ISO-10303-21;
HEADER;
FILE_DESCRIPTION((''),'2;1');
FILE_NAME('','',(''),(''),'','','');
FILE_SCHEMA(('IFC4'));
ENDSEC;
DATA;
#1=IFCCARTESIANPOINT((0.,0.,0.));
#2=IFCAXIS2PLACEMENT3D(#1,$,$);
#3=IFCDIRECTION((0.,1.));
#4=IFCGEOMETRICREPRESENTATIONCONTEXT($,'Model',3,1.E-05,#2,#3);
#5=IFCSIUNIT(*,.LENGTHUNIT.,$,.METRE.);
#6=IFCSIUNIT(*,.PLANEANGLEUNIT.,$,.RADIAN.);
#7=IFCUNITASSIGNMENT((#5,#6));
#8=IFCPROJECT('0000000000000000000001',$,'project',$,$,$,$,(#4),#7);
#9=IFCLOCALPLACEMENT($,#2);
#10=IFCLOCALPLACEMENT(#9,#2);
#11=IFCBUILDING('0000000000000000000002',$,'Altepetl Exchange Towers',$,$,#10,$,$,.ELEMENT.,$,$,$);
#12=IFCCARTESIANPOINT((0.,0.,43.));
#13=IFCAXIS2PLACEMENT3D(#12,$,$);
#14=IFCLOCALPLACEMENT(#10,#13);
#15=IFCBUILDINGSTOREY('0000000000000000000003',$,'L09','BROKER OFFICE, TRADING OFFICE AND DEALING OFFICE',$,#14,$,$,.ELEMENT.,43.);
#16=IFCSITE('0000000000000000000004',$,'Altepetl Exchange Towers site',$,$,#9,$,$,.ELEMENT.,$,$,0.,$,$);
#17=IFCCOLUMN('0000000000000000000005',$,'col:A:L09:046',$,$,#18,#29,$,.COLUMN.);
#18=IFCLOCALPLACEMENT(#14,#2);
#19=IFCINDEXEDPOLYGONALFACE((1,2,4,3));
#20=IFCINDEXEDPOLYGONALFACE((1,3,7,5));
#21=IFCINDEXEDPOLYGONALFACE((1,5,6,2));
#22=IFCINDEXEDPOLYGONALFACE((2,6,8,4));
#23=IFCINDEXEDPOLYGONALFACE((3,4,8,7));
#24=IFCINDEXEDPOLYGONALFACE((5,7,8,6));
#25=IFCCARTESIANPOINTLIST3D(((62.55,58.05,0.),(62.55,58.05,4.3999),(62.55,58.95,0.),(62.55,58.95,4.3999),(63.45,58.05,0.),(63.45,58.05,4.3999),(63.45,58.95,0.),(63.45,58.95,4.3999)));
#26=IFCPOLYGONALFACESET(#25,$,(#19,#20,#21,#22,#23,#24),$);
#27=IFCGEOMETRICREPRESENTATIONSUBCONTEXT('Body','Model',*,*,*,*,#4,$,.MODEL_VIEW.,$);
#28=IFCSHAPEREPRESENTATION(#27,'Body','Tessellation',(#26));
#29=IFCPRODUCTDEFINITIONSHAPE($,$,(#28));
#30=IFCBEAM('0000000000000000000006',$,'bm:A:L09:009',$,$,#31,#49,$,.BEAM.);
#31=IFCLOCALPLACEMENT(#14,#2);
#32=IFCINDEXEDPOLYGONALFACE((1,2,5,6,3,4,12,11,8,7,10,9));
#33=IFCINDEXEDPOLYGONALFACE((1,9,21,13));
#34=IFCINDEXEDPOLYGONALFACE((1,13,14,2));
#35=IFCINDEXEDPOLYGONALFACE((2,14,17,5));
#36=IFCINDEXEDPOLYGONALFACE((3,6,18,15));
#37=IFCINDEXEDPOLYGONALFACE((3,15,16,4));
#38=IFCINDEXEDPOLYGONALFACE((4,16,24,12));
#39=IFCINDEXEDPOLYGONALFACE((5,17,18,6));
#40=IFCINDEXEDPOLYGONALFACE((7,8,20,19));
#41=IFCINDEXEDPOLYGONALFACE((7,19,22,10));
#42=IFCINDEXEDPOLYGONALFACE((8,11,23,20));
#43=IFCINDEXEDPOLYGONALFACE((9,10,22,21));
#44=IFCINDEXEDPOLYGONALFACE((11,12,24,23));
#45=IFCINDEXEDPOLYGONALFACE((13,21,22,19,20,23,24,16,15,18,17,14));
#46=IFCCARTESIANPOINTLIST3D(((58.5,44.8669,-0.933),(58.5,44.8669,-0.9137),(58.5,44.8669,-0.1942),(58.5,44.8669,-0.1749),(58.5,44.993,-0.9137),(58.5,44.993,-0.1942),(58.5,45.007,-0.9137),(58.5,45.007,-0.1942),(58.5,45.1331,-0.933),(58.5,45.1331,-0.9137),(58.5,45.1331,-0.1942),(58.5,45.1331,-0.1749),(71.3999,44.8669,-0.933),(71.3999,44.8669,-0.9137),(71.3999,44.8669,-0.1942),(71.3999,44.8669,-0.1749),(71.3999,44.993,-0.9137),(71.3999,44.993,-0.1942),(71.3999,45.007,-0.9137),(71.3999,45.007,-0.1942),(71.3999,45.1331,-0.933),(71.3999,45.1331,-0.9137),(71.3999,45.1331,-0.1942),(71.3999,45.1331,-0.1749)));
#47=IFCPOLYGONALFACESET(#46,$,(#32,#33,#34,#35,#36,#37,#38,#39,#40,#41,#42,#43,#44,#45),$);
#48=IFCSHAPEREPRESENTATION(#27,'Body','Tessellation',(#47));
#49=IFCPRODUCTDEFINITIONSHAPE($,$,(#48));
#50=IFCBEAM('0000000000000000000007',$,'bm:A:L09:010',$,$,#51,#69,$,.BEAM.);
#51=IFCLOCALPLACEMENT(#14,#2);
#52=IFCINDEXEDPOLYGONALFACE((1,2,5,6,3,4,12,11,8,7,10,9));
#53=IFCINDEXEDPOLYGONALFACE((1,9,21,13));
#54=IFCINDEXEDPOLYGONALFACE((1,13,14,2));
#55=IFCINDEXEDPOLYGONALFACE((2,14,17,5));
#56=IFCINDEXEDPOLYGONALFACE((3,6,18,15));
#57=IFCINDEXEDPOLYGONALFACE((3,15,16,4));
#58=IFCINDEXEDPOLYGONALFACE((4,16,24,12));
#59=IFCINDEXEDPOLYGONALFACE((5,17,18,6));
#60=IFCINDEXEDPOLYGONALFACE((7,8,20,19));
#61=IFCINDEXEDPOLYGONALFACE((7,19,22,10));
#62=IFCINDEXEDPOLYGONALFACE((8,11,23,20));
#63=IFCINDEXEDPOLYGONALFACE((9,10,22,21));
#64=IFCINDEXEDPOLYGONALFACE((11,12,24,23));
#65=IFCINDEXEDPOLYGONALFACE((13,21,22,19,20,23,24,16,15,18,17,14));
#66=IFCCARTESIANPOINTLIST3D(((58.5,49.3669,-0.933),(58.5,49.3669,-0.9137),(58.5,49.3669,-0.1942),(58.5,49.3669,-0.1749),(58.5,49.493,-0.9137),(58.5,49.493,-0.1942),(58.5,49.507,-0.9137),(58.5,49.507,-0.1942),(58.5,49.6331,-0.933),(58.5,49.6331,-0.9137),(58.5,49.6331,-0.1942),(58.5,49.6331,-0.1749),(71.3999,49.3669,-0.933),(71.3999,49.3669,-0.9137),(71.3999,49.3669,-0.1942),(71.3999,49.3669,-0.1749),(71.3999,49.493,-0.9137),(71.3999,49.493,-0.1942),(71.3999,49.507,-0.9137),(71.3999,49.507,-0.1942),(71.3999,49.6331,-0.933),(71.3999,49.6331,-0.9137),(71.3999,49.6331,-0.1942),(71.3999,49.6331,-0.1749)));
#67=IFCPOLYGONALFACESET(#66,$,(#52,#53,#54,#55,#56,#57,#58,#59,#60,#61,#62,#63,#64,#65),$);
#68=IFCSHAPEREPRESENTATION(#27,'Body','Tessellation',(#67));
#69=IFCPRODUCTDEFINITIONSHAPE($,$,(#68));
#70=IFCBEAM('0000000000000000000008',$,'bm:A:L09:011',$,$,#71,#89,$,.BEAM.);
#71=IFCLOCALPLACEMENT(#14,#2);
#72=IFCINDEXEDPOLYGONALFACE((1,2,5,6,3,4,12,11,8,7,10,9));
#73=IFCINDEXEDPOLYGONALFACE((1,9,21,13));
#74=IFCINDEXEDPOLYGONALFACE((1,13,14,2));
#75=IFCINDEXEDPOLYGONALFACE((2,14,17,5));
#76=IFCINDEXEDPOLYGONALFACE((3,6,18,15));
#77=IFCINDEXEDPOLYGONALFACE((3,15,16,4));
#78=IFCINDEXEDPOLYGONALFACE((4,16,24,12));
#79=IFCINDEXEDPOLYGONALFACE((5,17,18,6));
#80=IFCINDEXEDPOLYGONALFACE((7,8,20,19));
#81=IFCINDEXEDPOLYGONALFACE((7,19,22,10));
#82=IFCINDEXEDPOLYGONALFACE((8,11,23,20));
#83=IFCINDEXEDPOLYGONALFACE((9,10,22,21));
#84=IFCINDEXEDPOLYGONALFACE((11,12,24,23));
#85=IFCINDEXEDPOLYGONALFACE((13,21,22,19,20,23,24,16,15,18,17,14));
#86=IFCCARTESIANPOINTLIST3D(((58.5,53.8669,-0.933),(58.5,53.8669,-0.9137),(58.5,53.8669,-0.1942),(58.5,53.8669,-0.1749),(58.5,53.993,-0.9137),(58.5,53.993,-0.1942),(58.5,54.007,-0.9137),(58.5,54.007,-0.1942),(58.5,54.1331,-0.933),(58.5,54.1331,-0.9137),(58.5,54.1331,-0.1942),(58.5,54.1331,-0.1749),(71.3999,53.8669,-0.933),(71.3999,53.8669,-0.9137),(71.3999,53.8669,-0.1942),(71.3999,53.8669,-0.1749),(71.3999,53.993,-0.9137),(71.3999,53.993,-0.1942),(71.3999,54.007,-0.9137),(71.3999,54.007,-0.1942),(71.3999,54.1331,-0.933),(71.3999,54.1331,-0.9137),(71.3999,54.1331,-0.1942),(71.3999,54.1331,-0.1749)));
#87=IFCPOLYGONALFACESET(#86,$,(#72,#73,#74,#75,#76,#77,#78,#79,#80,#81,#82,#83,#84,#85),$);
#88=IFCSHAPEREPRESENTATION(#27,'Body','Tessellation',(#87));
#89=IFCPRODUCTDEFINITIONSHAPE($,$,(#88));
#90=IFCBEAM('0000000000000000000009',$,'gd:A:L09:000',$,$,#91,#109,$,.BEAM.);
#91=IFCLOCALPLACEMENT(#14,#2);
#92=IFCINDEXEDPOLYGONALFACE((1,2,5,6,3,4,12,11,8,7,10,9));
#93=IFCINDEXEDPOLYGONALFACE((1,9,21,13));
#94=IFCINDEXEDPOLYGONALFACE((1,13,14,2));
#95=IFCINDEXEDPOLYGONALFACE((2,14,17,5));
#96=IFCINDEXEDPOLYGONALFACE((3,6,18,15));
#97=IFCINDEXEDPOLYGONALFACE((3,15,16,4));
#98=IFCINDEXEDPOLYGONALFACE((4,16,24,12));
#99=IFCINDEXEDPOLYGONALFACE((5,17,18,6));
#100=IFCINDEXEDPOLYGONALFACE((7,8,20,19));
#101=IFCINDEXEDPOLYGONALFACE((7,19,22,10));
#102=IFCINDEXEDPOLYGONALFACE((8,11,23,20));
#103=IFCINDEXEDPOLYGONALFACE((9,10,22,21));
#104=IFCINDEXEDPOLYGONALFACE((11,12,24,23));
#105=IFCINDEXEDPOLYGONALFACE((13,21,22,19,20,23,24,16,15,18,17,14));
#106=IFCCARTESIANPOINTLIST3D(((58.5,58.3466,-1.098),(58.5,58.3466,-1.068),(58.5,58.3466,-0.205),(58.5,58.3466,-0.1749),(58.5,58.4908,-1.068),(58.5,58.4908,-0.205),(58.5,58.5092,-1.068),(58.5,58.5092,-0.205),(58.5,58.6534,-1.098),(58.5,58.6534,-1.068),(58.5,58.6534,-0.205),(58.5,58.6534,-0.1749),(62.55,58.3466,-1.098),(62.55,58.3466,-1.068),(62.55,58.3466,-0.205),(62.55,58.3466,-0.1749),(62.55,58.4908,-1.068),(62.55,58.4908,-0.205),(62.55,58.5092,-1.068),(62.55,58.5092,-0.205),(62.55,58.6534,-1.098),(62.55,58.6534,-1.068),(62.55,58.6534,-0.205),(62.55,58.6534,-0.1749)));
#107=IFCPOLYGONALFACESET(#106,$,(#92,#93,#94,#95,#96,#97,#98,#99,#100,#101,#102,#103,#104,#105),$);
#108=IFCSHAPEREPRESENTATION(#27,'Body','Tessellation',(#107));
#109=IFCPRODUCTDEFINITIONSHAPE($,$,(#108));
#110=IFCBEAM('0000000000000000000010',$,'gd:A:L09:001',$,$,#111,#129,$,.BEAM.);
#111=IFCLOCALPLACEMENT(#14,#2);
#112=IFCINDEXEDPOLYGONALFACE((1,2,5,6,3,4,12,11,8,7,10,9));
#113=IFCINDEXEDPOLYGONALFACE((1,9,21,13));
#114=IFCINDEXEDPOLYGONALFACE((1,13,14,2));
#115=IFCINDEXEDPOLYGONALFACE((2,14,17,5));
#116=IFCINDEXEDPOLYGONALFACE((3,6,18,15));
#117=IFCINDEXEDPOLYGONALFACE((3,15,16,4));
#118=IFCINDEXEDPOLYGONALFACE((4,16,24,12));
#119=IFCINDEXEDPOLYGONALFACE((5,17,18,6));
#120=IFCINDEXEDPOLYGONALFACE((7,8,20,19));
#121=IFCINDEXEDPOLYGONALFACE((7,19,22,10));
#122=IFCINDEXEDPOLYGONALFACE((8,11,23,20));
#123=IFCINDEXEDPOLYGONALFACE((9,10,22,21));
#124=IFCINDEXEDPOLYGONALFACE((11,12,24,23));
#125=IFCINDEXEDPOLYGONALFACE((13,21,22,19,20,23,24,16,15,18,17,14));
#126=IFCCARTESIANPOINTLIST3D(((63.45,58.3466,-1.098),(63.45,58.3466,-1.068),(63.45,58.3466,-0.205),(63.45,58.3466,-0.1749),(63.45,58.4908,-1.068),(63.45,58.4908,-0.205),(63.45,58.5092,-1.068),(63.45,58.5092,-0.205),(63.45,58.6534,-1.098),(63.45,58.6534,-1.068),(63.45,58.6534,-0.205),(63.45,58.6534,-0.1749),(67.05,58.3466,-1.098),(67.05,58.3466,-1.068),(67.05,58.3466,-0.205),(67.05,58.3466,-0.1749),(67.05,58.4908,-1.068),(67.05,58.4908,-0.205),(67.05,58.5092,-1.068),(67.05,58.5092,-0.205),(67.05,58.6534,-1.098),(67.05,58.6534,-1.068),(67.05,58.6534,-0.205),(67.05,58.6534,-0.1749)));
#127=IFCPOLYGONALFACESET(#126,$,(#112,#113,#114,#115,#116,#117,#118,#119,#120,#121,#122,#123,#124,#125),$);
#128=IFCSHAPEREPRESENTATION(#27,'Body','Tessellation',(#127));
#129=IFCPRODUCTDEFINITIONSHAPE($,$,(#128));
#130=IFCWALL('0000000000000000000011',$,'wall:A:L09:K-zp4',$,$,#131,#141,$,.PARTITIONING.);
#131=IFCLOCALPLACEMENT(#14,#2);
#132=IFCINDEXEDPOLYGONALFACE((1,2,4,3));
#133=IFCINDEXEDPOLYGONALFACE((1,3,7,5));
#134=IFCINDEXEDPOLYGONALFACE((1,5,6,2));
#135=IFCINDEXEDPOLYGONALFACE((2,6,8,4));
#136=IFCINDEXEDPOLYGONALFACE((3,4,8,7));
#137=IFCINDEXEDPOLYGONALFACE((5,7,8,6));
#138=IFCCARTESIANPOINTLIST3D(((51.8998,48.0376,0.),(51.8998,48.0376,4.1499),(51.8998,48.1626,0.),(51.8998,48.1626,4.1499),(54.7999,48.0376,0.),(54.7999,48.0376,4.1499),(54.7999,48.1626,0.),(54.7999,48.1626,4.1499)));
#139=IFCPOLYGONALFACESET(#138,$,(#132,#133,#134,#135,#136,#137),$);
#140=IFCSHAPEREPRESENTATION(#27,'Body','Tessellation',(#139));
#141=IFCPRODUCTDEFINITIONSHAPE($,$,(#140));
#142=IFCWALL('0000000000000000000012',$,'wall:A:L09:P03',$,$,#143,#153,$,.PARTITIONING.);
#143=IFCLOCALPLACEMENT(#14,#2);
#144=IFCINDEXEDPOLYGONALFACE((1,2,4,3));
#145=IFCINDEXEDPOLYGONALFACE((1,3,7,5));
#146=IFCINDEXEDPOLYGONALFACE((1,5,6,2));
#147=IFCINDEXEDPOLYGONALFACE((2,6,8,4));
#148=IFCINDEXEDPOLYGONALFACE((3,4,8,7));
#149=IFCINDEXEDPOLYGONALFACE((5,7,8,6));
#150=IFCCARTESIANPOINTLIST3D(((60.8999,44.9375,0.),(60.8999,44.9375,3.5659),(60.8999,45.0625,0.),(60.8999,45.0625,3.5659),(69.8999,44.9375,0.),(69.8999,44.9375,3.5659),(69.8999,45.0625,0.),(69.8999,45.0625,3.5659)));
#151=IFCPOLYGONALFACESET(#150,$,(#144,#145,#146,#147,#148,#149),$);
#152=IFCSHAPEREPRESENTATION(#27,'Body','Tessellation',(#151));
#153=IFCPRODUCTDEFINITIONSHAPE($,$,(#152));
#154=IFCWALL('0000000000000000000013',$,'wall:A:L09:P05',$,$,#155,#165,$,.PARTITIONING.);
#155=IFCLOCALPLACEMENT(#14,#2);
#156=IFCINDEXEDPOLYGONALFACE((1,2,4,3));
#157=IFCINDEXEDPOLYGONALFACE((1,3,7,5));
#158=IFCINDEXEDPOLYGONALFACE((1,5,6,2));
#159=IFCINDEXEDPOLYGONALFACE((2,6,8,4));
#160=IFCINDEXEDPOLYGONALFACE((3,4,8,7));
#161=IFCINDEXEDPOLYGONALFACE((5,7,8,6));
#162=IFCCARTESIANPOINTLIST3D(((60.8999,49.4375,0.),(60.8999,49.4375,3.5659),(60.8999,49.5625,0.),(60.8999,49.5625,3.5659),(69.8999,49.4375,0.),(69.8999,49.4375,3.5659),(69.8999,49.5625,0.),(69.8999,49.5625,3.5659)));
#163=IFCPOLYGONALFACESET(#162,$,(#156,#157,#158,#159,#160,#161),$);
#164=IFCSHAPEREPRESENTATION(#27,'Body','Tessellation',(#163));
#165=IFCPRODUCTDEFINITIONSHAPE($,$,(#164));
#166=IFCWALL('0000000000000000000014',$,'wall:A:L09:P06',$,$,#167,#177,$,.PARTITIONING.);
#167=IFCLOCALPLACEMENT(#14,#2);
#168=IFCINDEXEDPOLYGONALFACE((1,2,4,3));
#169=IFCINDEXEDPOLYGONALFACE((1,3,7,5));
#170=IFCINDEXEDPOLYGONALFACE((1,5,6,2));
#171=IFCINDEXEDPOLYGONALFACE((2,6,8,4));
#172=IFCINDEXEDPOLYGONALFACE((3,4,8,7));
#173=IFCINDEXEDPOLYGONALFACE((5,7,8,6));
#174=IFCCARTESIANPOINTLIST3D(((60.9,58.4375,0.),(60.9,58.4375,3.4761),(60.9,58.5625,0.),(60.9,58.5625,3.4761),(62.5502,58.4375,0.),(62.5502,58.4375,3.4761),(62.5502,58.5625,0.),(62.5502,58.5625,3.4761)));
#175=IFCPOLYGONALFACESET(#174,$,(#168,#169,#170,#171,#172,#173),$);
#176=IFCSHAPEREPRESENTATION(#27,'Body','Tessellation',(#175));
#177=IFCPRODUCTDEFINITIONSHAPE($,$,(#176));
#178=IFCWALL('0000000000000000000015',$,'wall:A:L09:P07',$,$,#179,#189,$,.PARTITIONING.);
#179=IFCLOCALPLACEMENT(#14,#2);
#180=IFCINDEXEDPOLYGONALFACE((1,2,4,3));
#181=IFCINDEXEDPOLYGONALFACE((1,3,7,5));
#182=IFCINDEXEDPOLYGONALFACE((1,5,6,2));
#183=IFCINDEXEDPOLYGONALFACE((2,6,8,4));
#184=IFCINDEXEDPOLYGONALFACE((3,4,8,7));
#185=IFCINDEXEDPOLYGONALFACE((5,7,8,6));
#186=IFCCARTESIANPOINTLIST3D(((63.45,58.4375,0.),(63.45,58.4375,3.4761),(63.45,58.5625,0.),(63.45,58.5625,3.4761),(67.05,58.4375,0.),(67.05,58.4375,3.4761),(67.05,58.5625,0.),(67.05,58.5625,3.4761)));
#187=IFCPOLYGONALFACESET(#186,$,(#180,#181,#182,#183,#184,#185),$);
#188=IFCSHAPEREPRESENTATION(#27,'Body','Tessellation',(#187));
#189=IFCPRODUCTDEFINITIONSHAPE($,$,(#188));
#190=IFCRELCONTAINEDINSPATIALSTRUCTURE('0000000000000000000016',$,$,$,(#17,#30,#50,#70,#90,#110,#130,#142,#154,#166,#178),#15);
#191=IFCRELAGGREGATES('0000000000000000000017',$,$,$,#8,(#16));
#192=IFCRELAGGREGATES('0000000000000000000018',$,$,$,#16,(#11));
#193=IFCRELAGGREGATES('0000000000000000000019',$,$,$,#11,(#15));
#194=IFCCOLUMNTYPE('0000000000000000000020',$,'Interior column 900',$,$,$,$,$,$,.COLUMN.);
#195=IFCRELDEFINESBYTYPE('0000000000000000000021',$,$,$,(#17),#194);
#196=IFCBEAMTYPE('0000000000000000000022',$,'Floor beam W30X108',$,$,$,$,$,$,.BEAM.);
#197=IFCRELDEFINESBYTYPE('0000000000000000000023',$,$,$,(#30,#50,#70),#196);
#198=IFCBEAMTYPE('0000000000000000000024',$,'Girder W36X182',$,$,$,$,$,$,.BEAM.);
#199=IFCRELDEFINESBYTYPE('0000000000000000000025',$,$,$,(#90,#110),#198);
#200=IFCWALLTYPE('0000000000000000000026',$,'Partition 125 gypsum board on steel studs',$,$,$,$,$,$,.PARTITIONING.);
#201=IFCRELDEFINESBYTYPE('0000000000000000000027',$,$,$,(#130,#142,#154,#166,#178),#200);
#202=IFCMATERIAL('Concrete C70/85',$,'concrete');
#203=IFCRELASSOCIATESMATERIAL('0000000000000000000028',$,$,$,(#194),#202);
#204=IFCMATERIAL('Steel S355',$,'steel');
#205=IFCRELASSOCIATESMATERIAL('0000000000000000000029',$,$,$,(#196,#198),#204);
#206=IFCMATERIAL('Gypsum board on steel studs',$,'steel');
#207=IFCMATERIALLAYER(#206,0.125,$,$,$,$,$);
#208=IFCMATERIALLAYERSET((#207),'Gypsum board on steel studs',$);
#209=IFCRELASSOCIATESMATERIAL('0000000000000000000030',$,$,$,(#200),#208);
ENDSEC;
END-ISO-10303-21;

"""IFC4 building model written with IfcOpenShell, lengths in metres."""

from ifc_helpers import new_model, si_unit, direction, frame, frame_2d, origin, origin_2d, place, context, subcontext, project, spatial, rectangle, i_section, extrude, material, layer, layer_set, material_profile, profile_set, type_object, element, save


model = new_model("IFC4")

# Units and contexts
model_context = context("Model", 3, precision=1e-05, world=origin(), true_north=direction((0.0, 1.0)))
body_context = subcontext(model_context, "Body", "Model", "MODEL_VIEW")
ifc_project = project(units=[si_unit("LENGTHUNIT", "METRE"), si_unit("PLANEANGLEUNIT", "RADIAN")], contexts=[model_context])

# Site, building, storey
site_placement = place(None, origin())
site = spatial("IfcSite", under=ifc_project, at=site_placement, Name="Altepetl Exchange Towers site", CompositionType="ELEMENT", RefElevation=0.0)
building_placement = place(site_placement, origin())
building = spatial("IfcBuilding", under=site, at=building_placement, Name="Altepetl Exchange Towers", CompositionType="ELEMENT")
storey_placement = place(building_placement, frame((0.0, 0.0, 43.0)))
storey = spatial("IfcBuildingStorey", under=building, at=storey_placement, Name="L09", Description="BROKER OFFICE, TRADING OFFICE AND DEALING OFFICE", CompositionType="ELEMENT", Elevation=43.0)

# Column
ifc_material_1 = material(Name="Concrete C70/85", Category="concrete")
ifc_material_profile_1 = material_profile(ifc_material_1, rectangle(XDim=0.8999, YDim=0.8999, at=origin_2d()), Name="900 x 900")
ifc_profile_set_1 = profile_set([ifc_material_profile_1], Name="Concrete C70/85")
column_type = type_object("IfcColumnType", Name="Interior column 900", PredefinedType="COLUMN", material=ifc_profile_set_1)
column_placement = place(storey_placement, frame((63.0, 58.5, 0.0)))
element("IfcColumn", 1, at=column_placement, inside=storey, type_object=column_type, Name="col:A:L09:046", PredefinedType="COLUMN", context=body_context, shape_type="SweptSolid", body=[
    extrude(rectangle(XDim=0.8999, YDim=0.8999, at=origin_2d()), origin(), (0.0, 0.0, 1.0), 4.3999),
])

# Beams
ifc_material_2 = material(Name="Steel S355", Category="steel")
ifc_material_profile_2 = material_profile(ifc_material_2, i_section(OverallWidth=0.2661, OverallDepth=0.7581, WebThickness=0.0139, FlangeThickness=0.0193, at=origin_2d()), Name="W30X108")
ifc_profile_set_2 = profile_set([ifc_material_profile_2], Name="Steel S355")
beam_type_1 = type_object("IfcBeamType", Name="Floor beam W30X108", PredefinedType="BEAM", material=ifc_profile_set_2)
for number, where, z_axis, x_axis, name in (
    (2, (58.5, 45.0, -0.554), (1.0, 0.0, 0.0), (0.0, 1.0, 0.0), "bm:A:L09:009"),
    (3, (58.5, 49.5, -0.554), (1.0, 0.0, 0.0), (0.0, 1.0, 0.0), "bm:A:L09:010"),
    (4, (58.5, 54.0, -0.554), (1.0, 0.0, 0.0), (0.0, 1.0, 0.0), "bm:A:L09:011"),
):
    element("IfcBeam", number, at=place(storey_placement, frame(where, z_axis=z_axis, x_axis=x_axis)), inside=storey, type_object=beam_type_1, Name=name, PredefinedType="BEAM", context=body_context, shape_type="SweptSolid", body=[
        extrude(i_section(OverallWidth=0.2661, OverallDepth=0.7581, WebThickness=0.0139, FlangeThickness=0.0193, at=origin_2d()), origin(), (0.0, 0.0, 1.0), 12.8999),
    ])
ifc_material_profile_3 = material_profile(ifc_material_2, i_section(OverallWidth=0.3069, OverallDepth=0.9231, WebThickness=0.0183, FlangeThickness=0.03, at=origin_2d()), Name="W36X182")
ifc_profile_set_3 = profile_set([ifc_material_profile_3], Name="Steel S355")
beam_type_2 = type_object("IfcBeamType", Name="Girder W36X182", PredefinedType="BEAM", material=ifc_profile_set_3)
beam_1_placement = place(storey_placement, frame((58.5, 58.5, -0.6365), z_axis=(1.0, 0.0, 0.0), x_axis=(0.0, 1.0, 0.0)))
element("IfcBeam", 5, at=beam_1_placement, inside=storey, type_object=beam_type_2, Name="gd:A:L09:000", PredefinedType="BEAM", context=body_context, shape_type="SweptSolid", body=[
    extrude(i_section(OverallWidth=0.3069, OverallDepth=0.9231, WebThickness=0.0183, FlangeThickness=0.03, at=origin_2d()), origin(), (0.0, 0.0, 1.0), 4.05),
])
beam_2_placement = place(storey_placement, frame((63.45, 58.5, -0.6365), z_axis=(1.0, 0.0, 0.0), x_axis=(0.0, 1.0, 0.0)))
element("IfcBeam", 6, at=beam_2_placement, inside=storey, type_object=beam_type_2, Name="gd:A:L09:001", PredefinedType="BEAM", context=body_context, shape_type="SweptSolid", body=[
    extrude(i_section(OverallWidth=0.3069, OverallDepth=0.9231, WebThickness=0.0183, FlangeThickness=0.03, at=origin_2d()), origin(), (0.0, 0.0, 1.0), 3.6001),
])

# Walls
ifc_material_3 = material(Name="Gypsum board on steel studs", Category="steel")
ifc_layer_1 = layer(ifc_material_3, 0.125)
ifc_layer_set_1 = layer_set([ifc_layer_1], Name="Gypsum board on steel studs")
wall_type_1 = type_object("IfcWallType", Name="Partition 125 gypsum board on steel studs", PredefinedType="PARTITIONING", material=ifc_layer_set_1)
wall_1_placement = place(storey_placement, frame((54.8, 48.1001, 0.0), z_axis=(0.0, 0.0, 1.0), x_axis=(-1.0, 0.0, 0.0)))
element("IfcWall", 7, at=wall_1_placement, inside=storey, type_object=wall_type_1, Name="wall:A:L09:K-zp4", PredefinedType="PARTITIONING", context=body_context, shape_type="SweptSolid", body=[
    extrude(rectangle(XDim=2.9001, YDim=0.125, at=frame_2d((1.4502, 0.0))), origin(), (0.0, 0.0, 1.0), 4.1499),
])
for number, where, name in (
    (8, (60.8999, 45.0, 0.0), "wall:A:L09:P03"),
    (9, (60.8999, 49.5, 0.0), "wall:A:L09:P05"),
):
    element("IfcWall", number, at=place(storey_placement, frame(where)), inside=storey, type_object=wall_type_1, Name=name, PredefinedType="PARTITIONING", context=body_context, shape_type="SweptSolid", body=[
        extrude(rectangle(XDim=9.0, YDim=0.125, at=frame_2d((4.5, 0.0))), origin(), (0.0, 0.0, 1.0), 3.5659),
    ])
wall_2_placement = place(storey_placement, frame((60.8999, 58.5, 0.0)))
element("IfcWall", 10, at=wall_2_placement, inside=storey, type_object=wall_type_1, Name="wall:A:L09:P06", PredefinedType="PARTITIONING", context=body_context, shape_type="SweptSolid", body=[
    extrude(rectangle(XDim=1.6501, YDim=0.125, at=frame_2d((0.8252, 0.0))), origin(), (0.0, 0.0, 1.0), 3.4761),
])
wall_3_placement = place(storey_placement, frame((63.45, 58.5, 0.0)))
element("IfcWall", 11, at=wall_3_placement, inside=storey, type_object=wall_type_1, Name="wall:A:L09:P07", PredefinedType="PARTITIONING", context=body_context, shape_type="SweptSolid", body=[
    extrude(rectangle(XDim=3.6001, YDim=0.125, at=frame_2d((1.8, 0.0))), origin(), (0.0, 0.0, 1.0), 3.4761),
])

save(model, "model.ifc")
